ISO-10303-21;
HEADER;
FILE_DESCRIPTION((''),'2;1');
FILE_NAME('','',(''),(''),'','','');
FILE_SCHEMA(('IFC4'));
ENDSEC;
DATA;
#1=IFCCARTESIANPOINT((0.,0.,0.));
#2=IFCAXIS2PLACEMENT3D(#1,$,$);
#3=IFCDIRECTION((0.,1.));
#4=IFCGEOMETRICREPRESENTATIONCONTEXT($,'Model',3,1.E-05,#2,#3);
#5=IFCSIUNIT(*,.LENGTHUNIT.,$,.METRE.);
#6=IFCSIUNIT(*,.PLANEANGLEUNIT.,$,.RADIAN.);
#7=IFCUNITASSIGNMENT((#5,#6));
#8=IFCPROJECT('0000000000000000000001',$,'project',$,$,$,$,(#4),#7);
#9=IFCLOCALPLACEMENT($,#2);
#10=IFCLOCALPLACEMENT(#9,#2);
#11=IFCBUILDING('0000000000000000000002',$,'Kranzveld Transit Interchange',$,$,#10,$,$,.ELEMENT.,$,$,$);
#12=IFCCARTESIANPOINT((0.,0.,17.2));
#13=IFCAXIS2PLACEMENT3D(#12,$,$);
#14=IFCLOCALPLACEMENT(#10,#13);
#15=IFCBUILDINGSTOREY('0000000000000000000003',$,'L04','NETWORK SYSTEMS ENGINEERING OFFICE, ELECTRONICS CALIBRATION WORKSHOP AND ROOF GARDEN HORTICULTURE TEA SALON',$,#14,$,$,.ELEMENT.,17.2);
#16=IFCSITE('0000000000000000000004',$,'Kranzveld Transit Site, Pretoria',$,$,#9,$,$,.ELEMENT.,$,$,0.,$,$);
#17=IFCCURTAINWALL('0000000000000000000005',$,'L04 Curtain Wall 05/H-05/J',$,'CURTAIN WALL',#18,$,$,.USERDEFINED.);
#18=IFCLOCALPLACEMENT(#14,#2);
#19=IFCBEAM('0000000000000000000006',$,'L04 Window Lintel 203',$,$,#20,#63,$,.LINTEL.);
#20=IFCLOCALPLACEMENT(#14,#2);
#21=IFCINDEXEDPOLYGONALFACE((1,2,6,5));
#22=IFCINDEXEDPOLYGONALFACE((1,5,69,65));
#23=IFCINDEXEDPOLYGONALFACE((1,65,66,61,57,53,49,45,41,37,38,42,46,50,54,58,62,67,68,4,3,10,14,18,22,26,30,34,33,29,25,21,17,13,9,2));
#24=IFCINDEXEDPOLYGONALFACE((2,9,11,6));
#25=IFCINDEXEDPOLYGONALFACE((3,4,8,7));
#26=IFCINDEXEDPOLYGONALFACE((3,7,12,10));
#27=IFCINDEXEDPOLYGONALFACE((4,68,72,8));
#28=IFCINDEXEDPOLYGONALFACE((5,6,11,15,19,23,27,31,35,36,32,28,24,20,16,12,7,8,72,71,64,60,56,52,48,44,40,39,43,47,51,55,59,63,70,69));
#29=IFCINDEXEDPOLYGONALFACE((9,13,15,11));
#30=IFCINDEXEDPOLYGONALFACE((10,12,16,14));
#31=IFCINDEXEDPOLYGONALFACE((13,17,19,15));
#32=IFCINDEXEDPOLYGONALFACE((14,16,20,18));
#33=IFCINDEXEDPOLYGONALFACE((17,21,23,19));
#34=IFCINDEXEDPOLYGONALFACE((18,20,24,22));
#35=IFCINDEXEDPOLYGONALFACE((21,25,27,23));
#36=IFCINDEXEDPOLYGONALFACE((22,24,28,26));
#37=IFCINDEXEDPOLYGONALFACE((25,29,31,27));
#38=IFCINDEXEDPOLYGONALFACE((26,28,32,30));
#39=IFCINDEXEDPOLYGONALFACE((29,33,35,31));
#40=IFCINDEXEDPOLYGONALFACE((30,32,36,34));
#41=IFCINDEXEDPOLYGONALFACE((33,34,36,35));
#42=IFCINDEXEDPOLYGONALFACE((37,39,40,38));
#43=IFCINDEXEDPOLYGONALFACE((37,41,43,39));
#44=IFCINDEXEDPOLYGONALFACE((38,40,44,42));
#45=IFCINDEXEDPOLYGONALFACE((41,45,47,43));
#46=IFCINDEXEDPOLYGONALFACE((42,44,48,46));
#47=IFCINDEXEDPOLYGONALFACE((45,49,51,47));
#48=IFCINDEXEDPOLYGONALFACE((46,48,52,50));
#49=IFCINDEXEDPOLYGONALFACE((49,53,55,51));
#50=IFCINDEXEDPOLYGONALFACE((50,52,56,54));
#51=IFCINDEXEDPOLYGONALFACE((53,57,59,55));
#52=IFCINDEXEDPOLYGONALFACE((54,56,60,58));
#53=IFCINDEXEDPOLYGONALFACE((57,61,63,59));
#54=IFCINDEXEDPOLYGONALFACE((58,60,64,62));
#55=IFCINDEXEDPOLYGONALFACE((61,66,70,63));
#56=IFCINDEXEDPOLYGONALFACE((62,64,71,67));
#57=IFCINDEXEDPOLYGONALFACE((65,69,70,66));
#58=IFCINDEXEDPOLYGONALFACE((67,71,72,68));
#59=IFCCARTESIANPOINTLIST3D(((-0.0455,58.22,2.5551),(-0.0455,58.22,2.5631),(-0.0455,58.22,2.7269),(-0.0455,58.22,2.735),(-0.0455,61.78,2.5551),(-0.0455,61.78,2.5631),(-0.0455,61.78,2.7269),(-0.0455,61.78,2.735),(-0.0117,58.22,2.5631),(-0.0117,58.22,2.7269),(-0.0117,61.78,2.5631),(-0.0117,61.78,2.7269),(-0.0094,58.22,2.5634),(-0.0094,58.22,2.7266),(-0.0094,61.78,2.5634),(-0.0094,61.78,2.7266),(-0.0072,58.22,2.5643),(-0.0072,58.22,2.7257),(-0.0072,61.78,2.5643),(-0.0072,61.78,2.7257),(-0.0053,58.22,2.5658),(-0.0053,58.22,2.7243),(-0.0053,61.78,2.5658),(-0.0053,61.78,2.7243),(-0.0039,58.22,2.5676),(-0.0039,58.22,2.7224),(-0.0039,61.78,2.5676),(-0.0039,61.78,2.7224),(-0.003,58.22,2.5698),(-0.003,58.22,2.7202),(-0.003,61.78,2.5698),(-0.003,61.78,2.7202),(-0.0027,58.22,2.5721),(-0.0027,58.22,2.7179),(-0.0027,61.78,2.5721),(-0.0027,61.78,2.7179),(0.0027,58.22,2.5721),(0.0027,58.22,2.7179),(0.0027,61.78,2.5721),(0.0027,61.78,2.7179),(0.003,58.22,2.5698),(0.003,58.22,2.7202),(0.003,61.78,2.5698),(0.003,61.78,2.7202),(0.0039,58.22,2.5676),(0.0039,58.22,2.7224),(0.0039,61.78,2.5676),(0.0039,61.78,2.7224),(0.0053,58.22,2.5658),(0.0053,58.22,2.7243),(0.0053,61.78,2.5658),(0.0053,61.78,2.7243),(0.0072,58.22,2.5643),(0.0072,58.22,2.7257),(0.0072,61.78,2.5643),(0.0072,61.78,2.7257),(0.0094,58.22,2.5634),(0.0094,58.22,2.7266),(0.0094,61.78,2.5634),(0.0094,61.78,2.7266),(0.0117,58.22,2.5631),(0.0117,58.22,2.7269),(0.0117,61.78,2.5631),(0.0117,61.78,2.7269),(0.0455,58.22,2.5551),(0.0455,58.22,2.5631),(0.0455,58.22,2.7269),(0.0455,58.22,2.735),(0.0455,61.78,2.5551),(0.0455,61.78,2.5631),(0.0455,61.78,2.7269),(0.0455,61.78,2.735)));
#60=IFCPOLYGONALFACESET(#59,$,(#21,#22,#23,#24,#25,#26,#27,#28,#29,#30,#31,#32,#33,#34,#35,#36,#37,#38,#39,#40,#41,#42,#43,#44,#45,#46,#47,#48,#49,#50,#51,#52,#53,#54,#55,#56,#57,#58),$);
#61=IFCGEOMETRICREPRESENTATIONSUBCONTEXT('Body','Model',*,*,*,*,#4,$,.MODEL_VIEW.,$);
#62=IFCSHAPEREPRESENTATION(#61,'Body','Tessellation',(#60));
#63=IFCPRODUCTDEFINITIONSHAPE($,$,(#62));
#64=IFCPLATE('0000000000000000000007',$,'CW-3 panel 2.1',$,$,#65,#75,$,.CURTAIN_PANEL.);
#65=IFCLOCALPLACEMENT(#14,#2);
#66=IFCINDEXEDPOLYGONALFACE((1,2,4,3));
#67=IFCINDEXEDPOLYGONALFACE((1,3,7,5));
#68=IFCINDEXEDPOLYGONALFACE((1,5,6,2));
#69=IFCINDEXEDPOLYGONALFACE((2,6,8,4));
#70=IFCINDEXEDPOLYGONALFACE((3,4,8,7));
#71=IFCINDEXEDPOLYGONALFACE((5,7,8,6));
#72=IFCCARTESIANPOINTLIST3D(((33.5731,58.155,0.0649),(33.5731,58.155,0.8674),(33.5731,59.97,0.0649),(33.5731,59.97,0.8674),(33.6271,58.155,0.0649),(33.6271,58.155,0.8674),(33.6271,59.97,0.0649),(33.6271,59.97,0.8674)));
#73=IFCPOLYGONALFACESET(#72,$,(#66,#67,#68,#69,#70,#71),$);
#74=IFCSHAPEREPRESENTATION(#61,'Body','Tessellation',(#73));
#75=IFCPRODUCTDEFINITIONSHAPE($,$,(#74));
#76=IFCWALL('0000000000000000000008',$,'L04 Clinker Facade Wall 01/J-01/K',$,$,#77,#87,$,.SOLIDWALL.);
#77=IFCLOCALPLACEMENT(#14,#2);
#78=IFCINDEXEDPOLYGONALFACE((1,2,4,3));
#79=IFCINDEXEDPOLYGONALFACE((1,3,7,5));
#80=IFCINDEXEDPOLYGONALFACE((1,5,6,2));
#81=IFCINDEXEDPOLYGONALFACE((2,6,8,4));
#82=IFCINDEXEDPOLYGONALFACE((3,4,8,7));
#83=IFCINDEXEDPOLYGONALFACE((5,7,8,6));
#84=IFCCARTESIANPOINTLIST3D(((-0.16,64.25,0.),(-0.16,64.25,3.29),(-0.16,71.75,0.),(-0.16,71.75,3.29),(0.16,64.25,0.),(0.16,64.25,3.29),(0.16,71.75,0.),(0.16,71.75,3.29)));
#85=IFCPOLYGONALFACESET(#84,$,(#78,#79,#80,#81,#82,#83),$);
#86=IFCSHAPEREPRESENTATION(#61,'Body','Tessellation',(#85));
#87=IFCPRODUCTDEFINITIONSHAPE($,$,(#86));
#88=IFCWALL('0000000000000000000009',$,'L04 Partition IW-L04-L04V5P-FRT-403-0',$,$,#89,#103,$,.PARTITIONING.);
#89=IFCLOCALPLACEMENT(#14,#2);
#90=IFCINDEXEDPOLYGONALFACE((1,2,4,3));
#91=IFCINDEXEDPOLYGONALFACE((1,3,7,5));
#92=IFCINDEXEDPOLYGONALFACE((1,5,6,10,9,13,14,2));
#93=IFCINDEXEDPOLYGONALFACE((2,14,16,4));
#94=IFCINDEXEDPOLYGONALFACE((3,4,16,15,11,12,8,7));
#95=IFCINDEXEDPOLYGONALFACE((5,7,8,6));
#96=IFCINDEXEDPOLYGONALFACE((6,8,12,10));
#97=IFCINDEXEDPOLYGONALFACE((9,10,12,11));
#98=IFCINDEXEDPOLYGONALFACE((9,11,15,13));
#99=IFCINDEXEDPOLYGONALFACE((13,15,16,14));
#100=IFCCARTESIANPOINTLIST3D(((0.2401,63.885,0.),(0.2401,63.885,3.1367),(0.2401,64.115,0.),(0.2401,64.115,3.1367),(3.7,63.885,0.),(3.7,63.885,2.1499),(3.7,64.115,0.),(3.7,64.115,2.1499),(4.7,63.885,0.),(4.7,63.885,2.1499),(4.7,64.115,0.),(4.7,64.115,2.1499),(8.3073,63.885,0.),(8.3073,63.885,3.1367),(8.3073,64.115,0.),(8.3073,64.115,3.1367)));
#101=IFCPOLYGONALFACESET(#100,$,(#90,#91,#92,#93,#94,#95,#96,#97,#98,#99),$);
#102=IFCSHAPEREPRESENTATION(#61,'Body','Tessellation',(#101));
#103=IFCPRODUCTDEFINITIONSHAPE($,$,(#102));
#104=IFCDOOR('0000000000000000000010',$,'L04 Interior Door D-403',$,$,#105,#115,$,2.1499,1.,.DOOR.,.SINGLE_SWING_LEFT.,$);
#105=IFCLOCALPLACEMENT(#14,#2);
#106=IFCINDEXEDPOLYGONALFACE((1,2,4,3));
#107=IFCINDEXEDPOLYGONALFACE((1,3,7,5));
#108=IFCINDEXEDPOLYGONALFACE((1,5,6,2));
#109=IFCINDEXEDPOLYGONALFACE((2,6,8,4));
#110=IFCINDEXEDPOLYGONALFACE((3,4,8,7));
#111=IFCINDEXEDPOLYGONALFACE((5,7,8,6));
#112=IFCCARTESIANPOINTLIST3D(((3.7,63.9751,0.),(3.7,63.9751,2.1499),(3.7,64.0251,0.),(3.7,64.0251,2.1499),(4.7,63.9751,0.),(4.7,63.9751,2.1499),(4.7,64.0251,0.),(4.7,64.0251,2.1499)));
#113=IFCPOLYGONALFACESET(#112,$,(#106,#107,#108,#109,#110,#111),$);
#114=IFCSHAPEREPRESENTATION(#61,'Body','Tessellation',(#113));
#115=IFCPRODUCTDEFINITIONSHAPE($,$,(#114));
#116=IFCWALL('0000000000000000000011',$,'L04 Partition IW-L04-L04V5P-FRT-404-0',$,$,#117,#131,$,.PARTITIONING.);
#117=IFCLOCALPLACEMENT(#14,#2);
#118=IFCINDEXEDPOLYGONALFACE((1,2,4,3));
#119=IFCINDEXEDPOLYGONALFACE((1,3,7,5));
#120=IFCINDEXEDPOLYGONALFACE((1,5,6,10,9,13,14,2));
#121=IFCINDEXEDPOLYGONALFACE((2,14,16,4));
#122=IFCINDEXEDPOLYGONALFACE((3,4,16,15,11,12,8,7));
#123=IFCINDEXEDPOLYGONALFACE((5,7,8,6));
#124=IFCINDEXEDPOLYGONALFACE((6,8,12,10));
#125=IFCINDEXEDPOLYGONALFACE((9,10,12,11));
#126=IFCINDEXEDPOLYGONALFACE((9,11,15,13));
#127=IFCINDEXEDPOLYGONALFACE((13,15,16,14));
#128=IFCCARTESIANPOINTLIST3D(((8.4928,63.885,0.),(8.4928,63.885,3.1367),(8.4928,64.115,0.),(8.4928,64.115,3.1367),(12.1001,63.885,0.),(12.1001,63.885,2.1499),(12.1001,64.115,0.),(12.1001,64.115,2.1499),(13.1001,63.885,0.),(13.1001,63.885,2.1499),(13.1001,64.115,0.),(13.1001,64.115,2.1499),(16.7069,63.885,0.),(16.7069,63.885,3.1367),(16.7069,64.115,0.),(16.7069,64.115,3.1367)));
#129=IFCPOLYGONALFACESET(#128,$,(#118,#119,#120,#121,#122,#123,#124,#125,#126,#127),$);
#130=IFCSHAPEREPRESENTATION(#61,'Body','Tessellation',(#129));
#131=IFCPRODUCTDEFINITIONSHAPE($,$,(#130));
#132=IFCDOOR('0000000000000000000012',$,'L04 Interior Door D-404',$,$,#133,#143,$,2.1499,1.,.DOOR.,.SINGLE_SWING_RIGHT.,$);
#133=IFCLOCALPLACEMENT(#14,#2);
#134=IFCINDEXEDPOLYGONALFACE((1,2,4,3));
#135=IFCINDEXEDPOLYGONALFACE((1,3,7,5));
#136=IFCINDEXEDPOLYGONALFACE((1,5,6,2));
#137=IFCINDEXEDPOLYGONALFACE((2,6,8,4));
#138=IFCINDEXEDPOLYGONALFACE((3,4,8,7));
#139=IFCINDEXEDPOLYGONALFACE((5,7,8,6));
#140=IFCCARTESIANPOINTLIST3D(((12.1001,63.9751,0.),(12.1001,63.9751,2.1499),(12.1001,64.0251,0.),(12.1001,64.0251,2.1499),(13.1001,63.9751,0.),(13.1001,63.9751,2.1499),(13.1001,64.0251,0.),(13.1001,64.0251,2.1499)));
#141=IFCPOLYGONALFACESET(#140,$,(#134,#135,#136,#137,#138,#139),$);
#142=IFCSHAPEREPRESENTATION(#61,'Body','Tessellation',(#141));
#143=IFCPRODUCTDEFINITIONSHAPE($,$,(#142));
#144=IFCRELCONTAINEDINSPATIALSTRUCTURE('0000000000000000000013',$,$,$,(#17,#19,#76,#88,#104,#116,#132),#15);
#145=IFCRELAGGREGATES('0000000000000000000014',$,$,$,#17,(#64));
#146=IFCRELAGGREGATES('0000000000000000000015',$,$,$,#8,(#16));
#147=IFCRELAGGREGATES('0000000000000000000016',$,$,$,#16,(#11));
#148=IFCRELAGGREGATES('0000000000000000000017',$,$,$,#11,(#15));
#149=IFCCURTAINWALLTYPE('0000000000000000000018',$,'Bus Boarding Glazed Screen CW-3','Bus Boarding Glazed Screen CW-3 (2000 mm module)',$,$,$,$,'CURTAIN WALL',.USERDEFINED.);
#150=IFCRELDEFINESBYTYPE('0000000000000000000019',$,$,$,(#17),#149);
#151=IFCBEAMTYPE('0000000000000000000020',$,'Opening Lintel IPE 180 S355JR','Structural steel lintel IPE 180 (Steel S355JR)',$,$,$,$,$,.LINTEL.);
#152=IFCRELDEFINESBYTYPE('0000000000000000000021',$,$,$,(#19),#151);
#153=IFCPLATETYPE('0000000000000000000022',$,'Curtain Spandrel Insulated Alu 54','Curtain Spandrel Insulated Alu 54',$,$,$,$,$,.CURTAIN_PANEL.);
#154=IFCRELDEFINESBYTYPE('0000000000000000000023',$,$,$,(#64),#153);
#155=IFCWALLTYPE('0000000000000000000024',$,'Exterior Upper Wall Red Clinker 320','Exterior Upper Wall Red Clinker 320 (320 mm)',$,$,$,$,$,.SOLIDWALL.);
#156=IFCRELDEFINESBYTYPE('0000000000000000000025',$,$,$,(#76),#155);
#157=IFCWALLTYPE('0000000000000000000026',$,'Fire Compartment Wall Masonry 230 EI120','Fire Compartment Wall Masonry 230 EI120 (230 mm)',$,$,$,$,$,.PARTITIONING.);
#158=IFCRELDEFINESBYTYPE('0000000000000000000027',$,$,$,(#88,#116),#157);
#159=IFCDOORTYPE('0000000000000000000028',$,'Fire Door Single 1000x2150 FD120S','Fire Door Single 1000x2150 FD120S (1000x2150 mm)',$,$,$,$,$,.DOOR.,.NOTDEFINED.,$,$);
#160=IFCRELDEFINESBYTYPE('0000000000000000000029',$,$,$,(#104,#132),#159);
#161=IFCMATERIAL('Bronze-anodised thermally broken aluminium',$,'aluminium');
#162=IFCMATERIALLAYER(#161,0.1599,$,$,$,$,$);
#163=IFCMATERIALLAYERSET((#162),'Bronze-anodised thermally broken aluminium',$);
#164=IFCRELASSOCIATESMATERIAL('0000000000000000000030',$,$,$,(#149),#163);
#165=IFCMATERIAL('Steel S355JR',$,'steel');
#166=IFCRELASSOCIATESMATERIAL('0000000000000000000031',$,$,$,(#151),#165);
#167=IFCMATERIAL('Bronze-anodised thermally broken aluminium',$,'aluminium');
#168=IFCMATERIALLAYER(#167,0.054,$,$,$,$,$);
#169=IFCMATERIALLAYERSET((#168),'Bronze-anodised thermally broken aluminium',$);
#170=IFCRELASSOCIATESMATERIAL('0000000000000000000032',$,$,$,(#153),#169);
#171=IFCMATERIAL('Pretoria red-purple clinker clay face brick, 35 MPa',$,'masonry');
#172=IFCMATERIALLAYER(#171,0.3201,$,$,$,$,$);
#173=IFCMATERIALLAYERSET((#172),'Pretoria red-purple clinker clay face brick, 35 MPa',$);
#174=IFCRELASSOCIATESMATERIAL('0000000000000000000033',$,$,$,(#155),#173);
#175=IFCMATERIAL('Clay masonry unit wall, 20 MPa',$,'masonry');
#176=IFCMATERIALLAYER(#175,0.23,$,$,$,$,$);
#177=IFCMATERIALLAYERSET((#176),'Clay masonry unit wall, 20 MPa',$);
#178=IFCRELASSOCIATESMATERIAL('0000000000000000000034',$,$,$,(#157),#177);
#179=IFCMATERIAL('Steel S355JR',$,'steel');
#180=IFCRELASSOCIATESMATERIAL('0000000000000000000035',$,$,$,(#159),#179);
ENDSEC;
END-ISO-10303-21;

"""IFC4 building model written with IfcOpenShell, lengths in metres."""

from ifc_helpers import new_model, si_unit, direction, frame, frame_2d, origin, origin_2d, place, context, subcontext, project, spatial, rectangle, i_section, extrude, material, layer, layer_set, material_profile, profile_set, type_object, element, fill, aggregate, save


model = new_model("IFC4")

# Units and contexts
model_context = context("Model", 3, precision=1e-05, world=origin(), true_north=direction((0.0, 1.0)))
body_context = subcontext(model_context, "Body", "Model", "MODEL_VIEW")
ifc_project = project(units=[si_unit("LENGTHUNIT", "METRE"), si_unit("PLANEANGLEUNIT", "RADIAN")], contexts=[model_context])

# Site, building, storey
site_placement = place(None, origin())
site = spatial("IfcSite", under=ifc_project, at=site_placement, Name="Kranzveld Transit Site, Pretoria", CompositionType="ELEMENT", RefElevation=0.0)
building_placement = place(site_placement, origin())
building = spatial("IfcBuilding", under=site, at=building_placement, Name="Kranzveld Transit Interchange", CompositionType="ELEMENT")
storey_placement = place(building_placement, frame((0.0, 0.0, 17.2)))
storey = spatial("IfcBuildingStorey", under=building, at=storey_placement, Name="L04", Description="NETWORK SYSTEMS ENGINEERING OFFICE, ELECTRONICS CALIBRATION WORKSHOP AND ROOF GARDEN HORTICULTURE TEA SALON", CompositionType="ELEMENT", Elevation=17.2)

# Curtain wall
ifc_material_1 = material(Name="Bronze-anodised thermally broken aluminium", Category="aluminium")
ifc_layer_1 = layer(ifc_material_1, 0.1599)
ifc_layer_set_1 = layer_set([ifc_layer_1], Name="Bronze-anodised thermally broken aluminium")
curtain_wall_type = type_object("IfcCurtainWallType", Name="Bus Boarding Glazed Screen CW-3", Description="Bus Boarding Glazed Screen CW-3 (2000 mm module)", ElementType="CURTAIN WALL", PredefinedType="USERDEFINED", material=ifc_layer_set_1)
curtain_wall_placement = place(storey_placement, origin())
curtain_wall = element("IfcCurtainWall", 1, at=curtain_wall_placement, inside=storey, type_object=curtain_wall_type, Name="L04 Curtain Wall 05/H-05/J", ObjectType="CURTAIN WALL", PredefinedType="USERDEFINED")

# Beam
ifc_material_2 = material(Name="Steel S355JR", Category="steel")
ifc_material_profile_1 = material_profile(ifc_material_2, i_section(OverallWidth=0.0911, OverallDepth=0.1799, WebThickness=0.0054, FlangeThickness=0.0081, FilletRadius=0.009, at=origin_2d()), Name="IPE 180")
ifc_profile_set_1 = profile_set([ifc_material_profile_1], Name="Steel S355JR")
beam_type_1 = type_object("IfcBeamType", Name="Opening Lintel IPE 180 S355JR", Description="Structural steel lintel IPE 180 (Steel S355JR)", PredefinedType="LINTEL", material=ifc_profile_set_1)
beam_1_placement = place(storey_placement, frame((0.0, 58.22, 2.645), z_axis=(0.0, 1.0, 0.0), x_axis=(-1.0, 0.0, 0.0)))
element("IfcBeam", 2, at=beam_1_placement, inside=storey, type_object=beam_type_1, Name="L04 Window Lintel 203", PredefinedType="LINTEL", context=body_context, shape_type="SweptSolid", body=[
    extrude(i_section(OverallWidth=0.0911, OverallDepth=0.1799, WebThickness=0.0054, FlangeThickness=0.0081, FilletRadius=0.009, at=origin_2d()), origin(), (0.0, 0.0, 1.0), 3.5601),
])

# Plate
ifc_material_3 = material(Name="Bronze-anodised thermally broken aluminium", Category="aluminium")
ifc_layer_2 = layer(ifc_material_3, 0.054)
ifc_layer_set_2 = layer_set([ifc_layer_2], Name="Bronze-anodised thermally broken aluminium")
plate_type = type_object("IfcPlateType", Name="Curtain Spandrel Insulated Alu 54", Description="Curtain Spandrel Insulated Alu 54", PredefinedType="CURTAIN_PANEL", material=ifc_layer_set_2)
plate_placement = place(storey_placement, frame((33.6001, 59.0625, 0.0649), z_axis=(0.0, 0.0, 1.0), x_axis=(0.0, 1.0, 0.0)))
plate = element("IfcPlate", 3, at=plate_placement, type_object=plate_type, Name="CW-3 panel 2.1", PredefinedType="CURTAIN_PANEL", context=body_context, shape_type="SweptSolid", body=[
    extrude(rectangle(XDim=1.8149, YDim=0.054, at=origin_2d()), origin(), (0.0, 0.0, 1.0), 0.8025),
])
aggregate(curtain_wall, [plate])

# Wall
ifc_material_4 = material(Name="Pretoria red-purple clinker clay face brick, 35 MPa", Category="masonry")
ifc_layer_3 = layer(ifc_material_4, 0.3201)
ifc_layer_set_3 = layer_set([ifc_layer_3], Name="Pretoria red-purple clinker clay face brick, 35 MPa")
wall_type_1 = type_object("IfcWallType", Name="Exterior Upper Wall Red Clinker 320", Description="Exterior Upper Wall Red Clinker 320 (320 mm)", PredefinedType="SOLIDWALL", material=ifc_layer_set_3)
wall_1_placement = place(storey_placement, frame((0.0, 64.25, 0.0), z_axis=(0.0, 0.0, 1.0), x_axis=(0.0, 1.0, 0.0)))
element("IfcWall", 4, at=wall_1_placement, inside=storey, type_object=wall_type_1, Name="L04 Clinker Facade Wall 01/J-01/K", PredefinedType="SOLIDWALL", context=body_context, shape_type="SweptSolid", body=[
    extrude(rectangle(XDim=7.5, YDim=0.3201, at=frame_2d((3.75, 0.0))), origin(), (0.0, 0.0, 1.0), 3.29),
])

# Walls, openings, doors
ifc_material_5 = material(Name="Clay masonry unit wall, 20 MPa", Category="masonry")
ifc_layer_4 = layer(ifc_material_5, 0.23)
ifc_layer_set_4 = layer_set([ifc_layer_4], Name="Clay masonry unit wall, 20 MPa")
wall_type_2 = type_object("IfcWallType", Name="Fire Compartment Wall Masonry 230 EI120", Description="Fire Compartment Wall Masonry 230 EI120 (230 mm)", PredefinedType="PARTITIONING", material=ifc_layer_set_4)
wall_2_placement = place(storey_placement, frame((0.24, 64.0, 0.0), z_axis=(0.0, 0.0, 1.0), x_axis=(1.0, 0.0, 0.0)))
wall_2 = element("IfcWall", 5, at=wall_2_placement, inside=storey, type_object=wall_type_2, Name="L04 Partition IW-L04-L04V5P-FRT-403-0", PredefinedType="PARTITIONING", context=body_context, shape_type="SweptSolid", body=[
    extrude(rectangle(XDim=8.0671, YDim=0.23, at=frame_2d((4.0337, 0.0))), origin(), (0.0, 0.0, 1.0), 3.1367),
])
opening_1_placement = place(wall_2_placement, frame((4.46, 0.0, 0.0), z_axis=(0.0, 0.0, 1.0), x_axis=(-1.0, 0.0, 0.0)))
opening_1 = element("IfcOpeningElement", 6, at=opening_1_placement, cuts=wall_2, PredefinedType="OPENING", context=body_context, shape_type="SweptSolid", body=[
    extrude(rectangle(XDim=1.0, YDim=2.1499, at=frame_2d((0.5, 1.075))), frame((0.0, 0.125, 0.0), z_axis=(0.0, -1.0, 0.0), x_axis=(1.0, 0.0, 0.0)), (0.0, 0.0, 1.0), 0.25),
])
ifc_material_6 = material(Name="Steel S355JR", Category="steel")
door_type = type_object("IfcDoorType", Name="Fire Door Single 1000x2150 FD120S", Description="Fire Door Single 1000x2150 FD120S (1000x2150 mm)", OperationType="NOTDEFINED", PredefinedType="DOOR", material=ifc_material_6)
door_1_placement = place(opening_1_placement, origin())
door_1 = element("IfcDoor", 7, at=door_1_placement, inside=storey, type_object=door_type, Name="L04 Interior Door D-403", OperationType="SINGLE_SWING_LEFT", OverallHeight=2.1499, OverallWidth=1.0, PredefinedType="DOOR", context=body_context, shape_type="SweptSolid", body=[
    extrude(rectangle(XDim=1.0, YDim=2.1499, at=frame_2d((0.5, 1.075))), frame((0.0, 0.0249, 0.0), z_axis=(0.0, -1.0, 0.0), x_axis=(1.0, 0.0, 0.0)), (0.0, 0.0, 1.0), 0.05),
])
fill(opening_1, door_1)
wall_3_placement = place(storey_placement, frame((8.4929, 64.0, 0.0), z_axis=(0.0, 0.0, 1.0), x_axis=(1.0, 0.0, 0.0)))
wall_3 = element("IfcWall", 8, at=wall_3_placement, inside=storey, type_object=wall_type_2, Name="L04 Partition IW-L04-L04V5P-FRT-404-0", PredefinedType="PARTITIONING", context=body_context, shape_type="SweptSolid", body=[
    extrude(rectangle(XDim=8.2141, YDim=0.23, at=frame_2d((4.1069, 0.0))), origin(), (0.0, 0.0, 1.0), 3.1367),
])
opening_2_placement = place(wall_3_placement, frame((4.6072, 0.0, 0.0), z_axis=(0.0, 0.0, 1.0), x_axis=(-1.0, 0.0, 0.0)))
opening_2 = element("IfcOpeningElement", 9, at=opening_2_placement, cuts=wall_3, PredefinedType="OPENING", context=body_context, shape_type="SweptSolid", body=[
    extrude(rectangle(XDim=1.0, YDim=2.1499, at=frame_2d((0.5, 1.075))), frame((0.0, 0.125, 0.0), z_axis=(0.0, -1.0, 0.0), x_axis=(1.0, 0.0, 0.0)), (0.0, 0.0, 1.0), 0.25),
])
door_2_placement = place(opening_2_placement, origin())
door_2 = element("IfcDoor", 10, at=door_2_placement, inside=storey, type_object=door_type, Name="L04 Interior Door D-404", OperationType="SINGLE_SWING_RIGHT", OverallHeight=2.1499, OverallWidth=1.0, PredefinedType="DOOR", context=body_context, shape_type="SweptSolid", body=[
    extrude(rectangle(XDim=1.0, YDim=2.1499, at=frame_2d((0.5, 1.075))), frame((0.0, 0.0249, 0.0), z_axis=(0.0, -1.0, 0.0), x_axis=(1.0, 0.0, 0.0)), (0.0, 0.0, 1.0), 0.05),
])
fill(opening_2, door_2)

save(model, "model.ifc")
